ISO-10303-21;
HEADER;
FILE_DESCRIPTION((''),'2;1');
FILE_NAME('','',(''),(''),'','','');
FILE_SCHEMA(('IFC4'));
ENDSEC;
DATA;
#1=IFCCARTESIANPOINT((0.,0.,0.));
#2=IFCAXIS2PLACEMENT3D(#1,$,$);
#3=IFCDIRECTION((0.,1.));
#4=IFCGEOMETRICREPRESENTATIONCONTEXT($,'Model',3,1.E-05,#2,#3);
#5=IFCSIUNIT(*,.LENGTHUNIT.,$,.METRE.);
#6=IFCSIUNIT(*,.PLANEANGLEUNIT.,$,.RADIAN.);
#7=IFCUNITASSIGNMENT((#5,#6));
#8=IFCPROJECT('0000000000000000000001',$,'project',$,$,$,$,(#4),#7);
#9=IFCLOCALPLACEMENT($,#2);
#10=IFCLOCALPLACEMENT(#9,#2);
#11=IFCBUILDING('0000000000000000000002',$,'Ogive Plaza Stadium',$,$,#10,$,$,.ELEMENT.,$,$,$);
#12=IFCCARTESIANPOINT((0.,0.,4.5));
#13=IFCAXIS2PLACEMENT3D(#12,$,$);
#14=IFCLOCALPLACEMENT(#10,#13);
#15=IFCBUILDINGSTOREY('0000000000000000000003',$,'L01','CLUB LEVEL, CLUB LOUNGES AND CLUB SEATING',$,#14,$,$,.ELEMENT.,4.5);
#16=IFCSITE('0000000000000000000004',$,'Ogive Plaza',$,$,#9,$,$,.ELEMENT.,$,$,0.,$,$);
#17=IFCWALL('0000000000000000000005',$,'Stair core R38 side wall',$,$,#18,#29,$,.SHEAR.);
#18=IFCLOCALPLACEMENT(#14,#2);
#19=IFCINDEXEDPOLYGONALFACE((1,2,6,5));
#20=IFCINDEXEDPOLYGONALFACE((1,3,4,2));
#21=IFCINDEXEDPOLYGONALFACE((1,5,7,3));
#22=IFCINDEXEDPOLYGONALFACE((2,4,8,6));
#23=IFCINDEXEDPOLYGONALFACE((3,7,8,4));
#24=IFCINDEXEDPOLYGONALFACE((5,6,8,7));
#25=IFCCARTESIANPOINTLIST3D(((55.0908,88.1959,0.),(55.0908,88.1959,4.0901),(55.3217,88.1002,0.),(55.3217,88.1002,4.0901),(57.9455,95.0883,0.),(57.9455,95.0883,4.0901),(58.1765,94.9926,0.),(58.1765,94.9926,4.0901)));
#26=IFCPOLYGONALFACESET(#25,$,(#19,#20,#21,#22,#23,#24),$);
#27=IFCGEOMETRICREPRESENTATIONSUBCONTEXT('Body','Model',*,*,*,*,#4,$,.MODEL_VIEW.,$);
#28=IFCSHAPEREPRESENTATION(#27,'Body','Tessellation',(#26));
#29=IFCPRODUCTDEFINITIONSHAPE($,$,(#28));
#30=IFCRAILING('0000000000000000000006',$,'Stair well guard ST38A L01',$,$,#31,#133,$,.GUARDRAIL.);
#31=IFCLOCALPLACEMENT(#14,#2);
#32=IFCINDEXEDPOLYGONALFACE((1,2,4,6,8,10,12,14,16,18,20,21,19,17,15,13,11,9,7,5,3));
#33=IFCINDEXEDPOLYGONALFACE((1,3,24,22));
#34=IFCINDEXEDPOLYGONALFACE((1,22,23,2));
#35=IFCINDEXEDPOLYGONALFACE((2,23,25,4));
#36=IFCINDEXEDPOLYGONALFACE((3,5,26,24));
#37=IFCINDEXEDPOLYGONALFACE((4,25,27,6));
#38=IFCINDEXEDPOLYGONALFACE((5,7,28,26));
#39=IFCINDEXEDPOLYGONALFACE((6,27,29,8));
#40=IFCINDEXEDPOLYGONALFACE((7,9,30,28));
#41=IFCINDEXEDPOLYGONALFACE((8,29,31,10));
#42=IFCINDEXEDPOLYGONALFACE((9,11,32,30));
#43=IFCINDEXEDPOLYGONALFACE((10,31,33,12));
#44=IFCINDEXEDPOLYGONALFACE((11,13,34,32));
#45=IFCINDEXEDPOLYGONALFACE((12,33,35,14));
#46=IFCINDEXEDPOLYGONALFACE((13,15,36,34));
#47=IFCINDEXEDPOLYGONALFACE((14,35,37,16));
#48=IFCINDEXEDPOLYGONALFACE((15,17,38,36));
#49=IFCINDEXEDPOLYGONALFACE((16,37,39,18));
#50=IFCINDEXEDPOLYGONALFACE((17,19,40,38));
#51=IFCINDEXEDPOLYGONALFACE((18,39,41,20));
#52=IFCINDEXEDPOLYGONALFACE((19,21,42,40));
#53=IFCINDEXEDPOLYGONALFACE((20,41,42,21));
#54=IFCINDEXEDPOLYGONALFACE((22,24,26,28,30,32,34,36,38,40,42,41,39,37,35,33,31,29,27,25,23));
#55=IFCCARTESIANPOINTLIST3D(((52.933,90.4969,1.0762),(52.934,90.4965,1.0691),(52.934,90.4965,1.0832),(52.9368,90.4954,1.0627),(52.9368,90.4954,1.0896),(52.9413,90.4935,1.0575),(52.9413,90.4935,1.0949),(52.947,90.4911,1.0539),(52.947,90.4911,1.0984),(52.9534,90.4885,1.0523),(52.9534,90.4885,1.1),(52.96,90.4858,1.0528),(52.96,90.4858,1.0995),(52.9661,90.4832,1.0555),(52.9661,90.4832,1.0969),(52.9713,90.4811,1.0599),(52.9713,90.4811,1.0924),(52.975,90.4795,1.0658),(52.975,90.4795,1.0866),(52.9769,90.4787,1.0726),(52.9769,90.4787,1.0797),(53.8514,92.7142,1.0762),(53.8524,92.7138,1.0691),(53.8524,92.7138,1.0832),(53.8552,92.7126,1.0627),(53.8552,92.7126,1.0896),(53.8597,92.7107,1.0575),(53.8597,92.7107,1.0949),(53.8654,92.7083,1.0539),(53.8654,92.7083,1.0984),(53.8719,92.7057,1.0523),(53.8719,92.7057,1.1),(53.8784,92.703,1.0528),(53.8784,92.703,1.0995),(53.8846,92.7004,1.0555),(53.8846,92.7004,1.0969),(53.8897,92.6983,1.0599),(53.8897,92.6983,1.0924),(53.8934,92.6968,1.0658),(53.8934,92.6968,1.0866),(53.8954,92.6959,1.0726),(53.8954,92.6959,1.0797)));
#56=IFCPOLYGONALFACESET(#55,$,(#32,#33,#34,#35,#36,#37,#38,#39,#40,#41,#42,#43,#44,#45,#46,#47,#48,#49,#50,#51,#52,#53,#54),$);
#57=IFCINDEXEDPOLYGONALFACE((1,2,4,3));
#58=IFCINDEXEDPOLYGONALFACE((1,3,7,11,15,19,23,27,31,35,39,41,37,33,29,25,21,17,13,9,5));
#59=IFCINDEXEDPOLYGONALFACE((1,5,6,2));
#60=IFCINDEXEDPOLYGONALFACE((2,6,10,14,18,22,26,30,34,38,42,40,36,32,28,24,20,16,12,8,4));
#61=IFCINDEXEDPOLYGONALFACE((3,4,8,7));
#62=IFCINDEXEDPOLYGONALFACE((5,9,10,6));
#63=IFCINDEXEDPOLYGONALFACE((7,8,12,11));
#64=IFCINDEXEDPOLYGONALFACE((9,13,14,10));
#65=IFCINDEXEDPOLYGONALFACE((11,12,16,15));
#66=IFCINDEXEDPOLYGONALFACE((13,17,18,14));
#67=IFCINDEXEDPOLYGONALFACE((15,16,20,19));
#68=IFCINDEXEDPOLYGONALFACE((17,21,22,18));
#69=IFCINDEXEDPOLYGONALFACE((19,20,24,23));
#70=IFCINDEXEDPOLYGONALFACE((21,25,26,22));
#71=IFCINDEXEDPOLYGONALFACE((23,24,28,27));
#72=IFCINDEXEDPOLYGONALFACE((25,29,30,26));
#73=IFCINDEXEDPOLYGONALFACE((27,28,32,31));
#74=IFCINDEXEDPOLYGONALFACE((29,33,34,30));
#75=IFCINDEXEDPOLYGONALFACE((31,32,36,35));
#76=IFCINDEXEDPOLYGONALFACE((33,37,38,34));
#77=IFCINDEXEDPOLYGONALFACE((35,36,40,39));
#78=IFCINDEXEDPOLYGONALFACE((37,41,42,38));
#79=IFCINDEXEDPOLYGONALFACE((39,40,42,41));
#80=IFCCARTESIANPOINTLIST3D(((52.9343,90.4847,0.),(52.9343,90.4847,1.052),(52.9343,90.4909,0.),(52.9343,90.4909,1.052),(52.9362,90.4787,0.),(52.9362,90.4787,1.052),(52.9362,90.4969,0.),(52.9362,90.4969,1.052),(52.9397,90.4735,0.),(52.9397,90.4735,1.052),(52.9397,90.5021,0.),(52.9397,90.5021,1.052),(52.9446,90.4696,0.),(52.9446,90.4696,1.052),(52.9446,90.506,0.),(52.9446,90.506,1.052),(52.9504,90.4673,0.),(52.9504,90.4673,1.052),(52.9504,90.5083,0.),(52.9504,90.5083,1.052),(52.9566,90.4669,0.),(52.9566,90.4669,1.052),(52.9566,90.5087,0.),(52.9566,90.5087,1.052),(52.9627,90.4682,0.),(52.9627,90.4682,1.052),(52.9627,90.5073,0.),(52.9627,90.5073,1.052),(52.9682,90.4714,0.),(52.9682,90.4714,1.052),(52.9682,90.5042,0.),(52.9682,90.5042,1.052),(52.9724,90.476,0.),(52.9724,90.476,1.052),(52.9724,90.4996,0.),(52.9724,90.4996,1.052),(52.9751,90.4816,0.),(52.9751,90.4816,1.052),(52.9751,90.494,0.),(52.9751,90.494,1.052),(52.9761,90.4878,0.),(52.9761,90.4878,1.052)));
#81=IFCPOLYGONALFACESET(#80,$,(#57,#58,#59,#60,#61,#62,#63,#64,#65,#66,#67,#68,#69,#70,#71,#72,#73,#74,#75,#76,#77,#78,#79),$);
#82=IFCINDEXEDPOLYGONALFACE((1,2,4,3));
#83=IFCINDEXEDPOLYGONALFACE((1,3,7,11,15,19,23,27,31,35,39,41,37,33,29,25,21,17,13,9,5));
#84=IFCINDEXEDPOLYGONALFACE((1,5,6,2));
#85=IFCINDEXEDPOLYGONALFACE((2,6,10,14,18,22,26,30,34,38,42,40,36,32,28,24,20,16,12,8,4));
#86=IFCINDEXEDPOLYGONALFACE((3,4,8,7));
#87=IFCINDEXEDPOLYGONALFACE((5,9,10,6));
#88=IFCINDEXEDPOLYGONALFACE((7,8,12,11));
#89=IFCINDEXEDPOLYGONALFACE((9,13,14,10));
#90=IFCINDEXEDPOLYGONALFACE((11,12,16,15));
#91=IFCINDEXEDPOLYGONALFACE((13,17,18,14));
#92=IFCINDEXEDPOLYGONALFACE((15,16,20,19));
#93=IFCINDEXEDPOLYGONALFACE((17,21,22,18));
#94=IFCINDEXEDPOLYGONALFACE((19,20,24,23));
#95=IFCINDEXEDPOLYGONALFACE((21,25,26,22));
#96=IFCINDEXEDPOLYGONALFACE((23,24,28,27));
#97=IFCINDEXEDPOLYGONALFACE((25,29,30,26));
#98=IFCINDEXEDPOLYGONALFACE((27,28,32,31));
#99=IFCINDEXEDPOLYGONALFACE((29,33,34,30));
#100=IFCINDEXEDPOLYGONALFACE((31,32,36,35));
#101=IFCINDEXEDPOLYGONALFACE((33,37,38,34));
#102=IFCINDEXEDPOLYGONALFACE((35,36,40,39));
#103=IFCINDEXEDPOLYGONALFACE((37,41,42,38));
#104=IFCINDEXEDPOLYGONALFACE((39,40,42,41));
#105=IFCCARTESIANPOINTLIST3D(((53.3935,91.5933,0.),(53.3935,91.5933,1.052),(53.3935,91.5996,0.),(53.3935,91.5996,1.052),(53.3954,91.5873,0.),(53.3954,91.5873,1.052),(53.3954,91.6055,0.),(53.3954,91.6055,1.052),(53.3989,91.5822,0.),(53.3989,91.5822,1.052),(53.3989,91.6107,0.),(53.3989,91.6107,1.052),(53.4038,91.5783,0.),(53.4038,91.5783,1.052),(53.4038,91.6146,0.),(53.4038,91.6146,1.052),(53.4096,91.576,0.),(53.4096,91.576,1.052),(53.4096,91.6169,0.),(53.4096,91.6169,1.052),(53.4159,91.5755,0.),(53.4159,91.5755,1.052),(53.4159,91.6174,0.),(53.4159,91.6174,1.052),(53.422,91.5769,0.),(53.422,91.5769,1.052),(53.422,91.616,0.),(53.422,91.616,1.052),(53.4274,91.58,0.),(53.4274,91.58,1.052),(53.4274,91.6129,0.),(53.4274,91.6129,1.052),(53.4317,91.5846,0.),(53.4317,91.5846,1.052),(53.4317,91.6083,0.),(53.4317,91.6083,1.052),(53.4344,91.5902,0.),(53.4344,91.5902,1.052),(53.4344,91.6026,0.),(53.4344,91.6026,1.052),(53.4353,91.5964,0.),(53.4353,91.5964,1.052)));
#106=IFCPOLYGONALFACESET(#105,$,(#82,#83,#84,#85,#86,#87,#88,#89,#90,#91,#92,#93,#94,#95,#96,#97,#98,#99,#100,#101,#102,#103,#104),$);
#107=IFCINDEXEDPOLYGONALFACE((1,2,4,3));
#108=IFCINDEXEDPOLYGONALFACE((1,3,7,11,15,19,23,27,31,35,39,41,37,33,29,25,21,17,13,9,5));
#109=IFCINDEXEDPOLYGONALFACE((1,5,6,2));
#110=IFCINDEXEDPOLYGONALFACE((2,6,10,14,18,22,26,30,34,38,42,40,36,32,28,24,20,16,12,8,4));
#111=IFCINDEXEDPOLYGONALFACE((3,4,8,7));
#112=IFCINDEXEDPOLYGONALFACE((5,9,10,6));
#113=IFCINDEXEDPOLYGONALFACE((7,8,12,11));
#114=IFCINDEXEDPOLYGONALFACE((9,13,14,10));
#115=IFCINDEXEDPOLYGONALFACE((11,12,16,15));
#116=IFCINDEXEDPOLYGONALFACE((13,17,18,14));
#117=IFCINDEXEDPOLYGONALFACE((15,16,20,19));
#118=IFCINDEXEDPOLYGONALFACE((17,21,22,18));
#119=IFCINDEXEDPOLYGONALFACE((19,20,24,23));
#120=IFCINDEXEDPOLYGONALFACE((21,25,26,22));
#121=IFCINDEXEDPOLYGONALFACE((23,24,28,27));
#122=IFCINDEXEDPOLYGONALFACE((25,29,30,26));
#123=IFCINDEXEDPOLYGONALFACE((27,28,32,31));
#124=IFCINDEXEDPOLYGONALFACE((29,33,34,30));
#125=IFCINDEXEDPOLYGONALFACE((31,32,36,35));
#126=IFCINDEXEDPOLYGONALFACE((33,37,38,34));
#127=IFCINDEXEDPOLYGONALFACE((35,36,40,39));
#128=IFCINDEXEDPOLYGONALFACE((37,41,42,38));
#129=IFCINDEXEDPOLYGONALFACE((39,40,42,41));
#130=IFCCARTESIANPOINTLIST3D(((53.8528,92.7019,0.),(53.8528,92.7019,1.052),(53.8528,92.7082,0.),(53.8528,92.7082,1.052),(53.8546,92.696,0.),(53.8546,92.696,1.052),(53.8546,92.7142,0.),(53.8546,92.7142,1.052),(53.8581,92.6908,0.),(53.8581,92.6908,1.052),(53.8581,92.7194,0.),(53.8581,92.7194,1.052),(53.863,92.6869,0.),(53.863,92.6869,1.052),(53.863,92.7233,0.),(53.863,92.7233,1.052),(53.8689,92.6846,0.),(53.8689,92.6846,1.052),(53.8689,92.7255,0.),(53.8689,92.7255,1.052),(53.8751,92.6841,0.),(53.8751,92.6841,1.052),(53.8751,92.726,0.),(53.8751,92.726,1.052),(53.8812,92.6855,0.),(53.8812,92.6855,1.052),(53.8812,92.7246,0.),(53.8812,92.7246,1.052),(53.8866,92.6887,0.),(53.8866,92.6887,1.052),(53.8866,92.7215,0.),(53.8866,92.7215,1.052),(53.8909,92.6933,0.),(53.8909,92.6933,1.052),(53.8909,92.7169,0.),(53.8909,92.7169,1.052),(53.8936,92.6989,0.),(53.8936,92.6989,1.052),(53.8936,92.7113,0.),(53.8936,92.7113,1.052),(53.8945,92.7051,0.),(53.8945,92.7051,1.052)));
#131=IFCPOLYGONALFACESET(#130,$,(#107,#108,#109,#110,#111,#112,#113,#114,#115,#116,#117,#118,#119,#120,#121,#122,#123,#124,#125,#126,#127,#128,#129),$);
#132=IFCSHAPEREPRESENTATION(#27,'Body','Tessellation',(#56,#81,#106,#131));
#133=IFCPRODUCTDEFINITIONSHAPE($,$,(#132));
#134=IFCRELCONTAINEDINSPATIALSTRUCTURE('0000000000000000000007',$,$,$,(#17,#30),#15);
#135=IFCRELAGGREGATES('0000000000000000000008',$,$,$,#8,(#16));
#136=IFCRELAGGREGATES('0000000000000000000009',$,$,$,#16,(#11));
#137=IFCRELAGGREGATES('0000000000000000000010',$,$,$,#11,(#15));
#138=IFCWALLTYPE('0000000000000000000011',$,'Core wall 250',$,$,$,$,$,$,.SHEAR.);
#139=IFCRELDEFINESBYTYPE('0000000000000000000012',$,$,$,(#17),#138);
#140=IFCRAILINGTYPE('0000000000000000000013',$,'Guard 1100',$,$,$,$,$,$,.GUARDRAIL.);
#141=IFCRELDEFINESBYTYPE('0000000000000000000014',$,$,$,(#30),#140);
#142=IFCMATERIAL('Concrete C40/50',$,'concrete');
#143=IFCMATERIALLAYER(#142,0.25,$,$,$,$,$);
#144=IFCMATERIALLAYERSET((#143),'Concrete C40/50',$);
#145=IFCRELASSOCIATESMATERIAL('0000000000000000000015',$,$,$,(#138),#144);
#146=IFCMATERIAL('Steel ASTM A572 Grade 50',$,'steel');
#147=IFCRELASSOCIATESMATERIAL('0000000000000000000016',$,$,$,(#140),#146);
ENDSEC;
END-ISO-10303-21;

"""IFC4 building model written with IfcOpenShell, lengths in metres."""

from ifc_helpers import new_model, si_unit, direction, frame, frame_2d, origin, origin_2d, place, context, subcontext, project, spatial, rectangle, circle, extrude, material, layer, layer_set, type_object, element, save


model = new_model("IFC4")

# Units and contexts
model_context = context("Model", 3, precision=1e-05, world=origin(), true_north=direction((0.0, 1.0)))
body_context = subcontext(model_context, "Body", "Model", "MODEL_VIEW")
ifc_project = project(units=[si_unit("LENGTHUNIT", "METRE"), si_unit("PLANEANGLEUNIT", "RADIAN")], contexts=[model_context])

# Site, building, storey
site_placement = place(None, origin())
site = spatial("IfcSite", under=ifc_project, at=site_placement, Name="Ogive Plaza", CompositionType="ELEMENT", RefElevation=0.0)
building_placement = place(site_placement, origin())
building = spatial("IfcBuilding", under=site, at=building_placement, Name="Ogive Plaza Stadium", CompositionType="ELEMENT")
storey_placement = place(building_placement, frame((0.0, 0.0, 4.5)))
storey = spatial("IfcBuildingStorey", under=building, at=storey_placement, Name="L01", Description="CLUB LEVEL, CLUB LOUNGES AND CLUB SEATING", CompositionType="ELEMENT", Elevation=4.5)

# Shared definitions
ifc_material_1 = material(Name="Concrete C40/50", Category="concrete")
ifc_layer_1 = layer(ifc_material_1, 0.25)
ifc_layer_set_1 = layer_set([ifc_layer_1], Name="Concrete C40/50")
wall_type_1 = type_object("IfcWallType", Name="Core wall 250", PredefinedType="SHEAR", material=ifc_layer_set_1)

# Wall
wall_1_placement = place(storey_placement, frame((55.2063, 88.1482, 0.0), z_axis=(0.0, 0.0, 1.0), x_axis=(0.382665, 0.923887, 0.0)))
element("IfcWall", 1, at=wall_1_placement, inside=storey, type_object=wall_type_1, Name="Stair core R38 side wall", PredefinedType="SHEAR", context=body_context, shape_type="SweptSolid", body=[
    extrude(rectangle(XDim=7.4602, YDim=0.25, at=frame_2d((3.73, 0.0))), origin(), (0.0, 0.0, 1.0), 4.0901),
])

# Railing
ifc_material_2 = material(Name="Steel ASTM A572 Grade 50", Category="steel")
railing_type_1 = type_object("IfcRailingType", Name="Guard 1100", PredefinedType="GUARDRAIL", material=ifc_material_2)
for number, where, name in (
    (2, (52.9551, 90.4878, 0.0), "Stair well guard ST38A L01"),
):
    element("IfcRailing", number, at=place(storey_placement, frame(where)), inside=storey, type_object=railing_type_1, Name=name, PredefinedType="GUARDRAIL", context=body_context, shape_type="SweptSolid", body=[
        extrude(circle(Radius=0.0239, at=origin_2d()), frame((0.0, 0.0, 1.0762), z_axis=(0.382693, 0.923875, 0.0), x_axis=(-0.923875, 0.382693, 0.0)), (0.0, 0.0, 1.0), 2.3999),
        extrude(circle(Radius=0.021, at=origin_2d()), origin(), (0.0, 0.0, 1.0), 1.052),
        extrude(circle(Radius=0.021, at=origin_2d()), frame((0.4592, 1.1086, 0.0)), (0.0, 0.0, 1.0), 1.052),
        extrude(circle(Radius=0.021, at=origin_2d()), frame((0.9185, 2.2173, 0.0)), (0.0, 0.0, 1.0), 1.052),
    ])

save(model, "model.ifc")
